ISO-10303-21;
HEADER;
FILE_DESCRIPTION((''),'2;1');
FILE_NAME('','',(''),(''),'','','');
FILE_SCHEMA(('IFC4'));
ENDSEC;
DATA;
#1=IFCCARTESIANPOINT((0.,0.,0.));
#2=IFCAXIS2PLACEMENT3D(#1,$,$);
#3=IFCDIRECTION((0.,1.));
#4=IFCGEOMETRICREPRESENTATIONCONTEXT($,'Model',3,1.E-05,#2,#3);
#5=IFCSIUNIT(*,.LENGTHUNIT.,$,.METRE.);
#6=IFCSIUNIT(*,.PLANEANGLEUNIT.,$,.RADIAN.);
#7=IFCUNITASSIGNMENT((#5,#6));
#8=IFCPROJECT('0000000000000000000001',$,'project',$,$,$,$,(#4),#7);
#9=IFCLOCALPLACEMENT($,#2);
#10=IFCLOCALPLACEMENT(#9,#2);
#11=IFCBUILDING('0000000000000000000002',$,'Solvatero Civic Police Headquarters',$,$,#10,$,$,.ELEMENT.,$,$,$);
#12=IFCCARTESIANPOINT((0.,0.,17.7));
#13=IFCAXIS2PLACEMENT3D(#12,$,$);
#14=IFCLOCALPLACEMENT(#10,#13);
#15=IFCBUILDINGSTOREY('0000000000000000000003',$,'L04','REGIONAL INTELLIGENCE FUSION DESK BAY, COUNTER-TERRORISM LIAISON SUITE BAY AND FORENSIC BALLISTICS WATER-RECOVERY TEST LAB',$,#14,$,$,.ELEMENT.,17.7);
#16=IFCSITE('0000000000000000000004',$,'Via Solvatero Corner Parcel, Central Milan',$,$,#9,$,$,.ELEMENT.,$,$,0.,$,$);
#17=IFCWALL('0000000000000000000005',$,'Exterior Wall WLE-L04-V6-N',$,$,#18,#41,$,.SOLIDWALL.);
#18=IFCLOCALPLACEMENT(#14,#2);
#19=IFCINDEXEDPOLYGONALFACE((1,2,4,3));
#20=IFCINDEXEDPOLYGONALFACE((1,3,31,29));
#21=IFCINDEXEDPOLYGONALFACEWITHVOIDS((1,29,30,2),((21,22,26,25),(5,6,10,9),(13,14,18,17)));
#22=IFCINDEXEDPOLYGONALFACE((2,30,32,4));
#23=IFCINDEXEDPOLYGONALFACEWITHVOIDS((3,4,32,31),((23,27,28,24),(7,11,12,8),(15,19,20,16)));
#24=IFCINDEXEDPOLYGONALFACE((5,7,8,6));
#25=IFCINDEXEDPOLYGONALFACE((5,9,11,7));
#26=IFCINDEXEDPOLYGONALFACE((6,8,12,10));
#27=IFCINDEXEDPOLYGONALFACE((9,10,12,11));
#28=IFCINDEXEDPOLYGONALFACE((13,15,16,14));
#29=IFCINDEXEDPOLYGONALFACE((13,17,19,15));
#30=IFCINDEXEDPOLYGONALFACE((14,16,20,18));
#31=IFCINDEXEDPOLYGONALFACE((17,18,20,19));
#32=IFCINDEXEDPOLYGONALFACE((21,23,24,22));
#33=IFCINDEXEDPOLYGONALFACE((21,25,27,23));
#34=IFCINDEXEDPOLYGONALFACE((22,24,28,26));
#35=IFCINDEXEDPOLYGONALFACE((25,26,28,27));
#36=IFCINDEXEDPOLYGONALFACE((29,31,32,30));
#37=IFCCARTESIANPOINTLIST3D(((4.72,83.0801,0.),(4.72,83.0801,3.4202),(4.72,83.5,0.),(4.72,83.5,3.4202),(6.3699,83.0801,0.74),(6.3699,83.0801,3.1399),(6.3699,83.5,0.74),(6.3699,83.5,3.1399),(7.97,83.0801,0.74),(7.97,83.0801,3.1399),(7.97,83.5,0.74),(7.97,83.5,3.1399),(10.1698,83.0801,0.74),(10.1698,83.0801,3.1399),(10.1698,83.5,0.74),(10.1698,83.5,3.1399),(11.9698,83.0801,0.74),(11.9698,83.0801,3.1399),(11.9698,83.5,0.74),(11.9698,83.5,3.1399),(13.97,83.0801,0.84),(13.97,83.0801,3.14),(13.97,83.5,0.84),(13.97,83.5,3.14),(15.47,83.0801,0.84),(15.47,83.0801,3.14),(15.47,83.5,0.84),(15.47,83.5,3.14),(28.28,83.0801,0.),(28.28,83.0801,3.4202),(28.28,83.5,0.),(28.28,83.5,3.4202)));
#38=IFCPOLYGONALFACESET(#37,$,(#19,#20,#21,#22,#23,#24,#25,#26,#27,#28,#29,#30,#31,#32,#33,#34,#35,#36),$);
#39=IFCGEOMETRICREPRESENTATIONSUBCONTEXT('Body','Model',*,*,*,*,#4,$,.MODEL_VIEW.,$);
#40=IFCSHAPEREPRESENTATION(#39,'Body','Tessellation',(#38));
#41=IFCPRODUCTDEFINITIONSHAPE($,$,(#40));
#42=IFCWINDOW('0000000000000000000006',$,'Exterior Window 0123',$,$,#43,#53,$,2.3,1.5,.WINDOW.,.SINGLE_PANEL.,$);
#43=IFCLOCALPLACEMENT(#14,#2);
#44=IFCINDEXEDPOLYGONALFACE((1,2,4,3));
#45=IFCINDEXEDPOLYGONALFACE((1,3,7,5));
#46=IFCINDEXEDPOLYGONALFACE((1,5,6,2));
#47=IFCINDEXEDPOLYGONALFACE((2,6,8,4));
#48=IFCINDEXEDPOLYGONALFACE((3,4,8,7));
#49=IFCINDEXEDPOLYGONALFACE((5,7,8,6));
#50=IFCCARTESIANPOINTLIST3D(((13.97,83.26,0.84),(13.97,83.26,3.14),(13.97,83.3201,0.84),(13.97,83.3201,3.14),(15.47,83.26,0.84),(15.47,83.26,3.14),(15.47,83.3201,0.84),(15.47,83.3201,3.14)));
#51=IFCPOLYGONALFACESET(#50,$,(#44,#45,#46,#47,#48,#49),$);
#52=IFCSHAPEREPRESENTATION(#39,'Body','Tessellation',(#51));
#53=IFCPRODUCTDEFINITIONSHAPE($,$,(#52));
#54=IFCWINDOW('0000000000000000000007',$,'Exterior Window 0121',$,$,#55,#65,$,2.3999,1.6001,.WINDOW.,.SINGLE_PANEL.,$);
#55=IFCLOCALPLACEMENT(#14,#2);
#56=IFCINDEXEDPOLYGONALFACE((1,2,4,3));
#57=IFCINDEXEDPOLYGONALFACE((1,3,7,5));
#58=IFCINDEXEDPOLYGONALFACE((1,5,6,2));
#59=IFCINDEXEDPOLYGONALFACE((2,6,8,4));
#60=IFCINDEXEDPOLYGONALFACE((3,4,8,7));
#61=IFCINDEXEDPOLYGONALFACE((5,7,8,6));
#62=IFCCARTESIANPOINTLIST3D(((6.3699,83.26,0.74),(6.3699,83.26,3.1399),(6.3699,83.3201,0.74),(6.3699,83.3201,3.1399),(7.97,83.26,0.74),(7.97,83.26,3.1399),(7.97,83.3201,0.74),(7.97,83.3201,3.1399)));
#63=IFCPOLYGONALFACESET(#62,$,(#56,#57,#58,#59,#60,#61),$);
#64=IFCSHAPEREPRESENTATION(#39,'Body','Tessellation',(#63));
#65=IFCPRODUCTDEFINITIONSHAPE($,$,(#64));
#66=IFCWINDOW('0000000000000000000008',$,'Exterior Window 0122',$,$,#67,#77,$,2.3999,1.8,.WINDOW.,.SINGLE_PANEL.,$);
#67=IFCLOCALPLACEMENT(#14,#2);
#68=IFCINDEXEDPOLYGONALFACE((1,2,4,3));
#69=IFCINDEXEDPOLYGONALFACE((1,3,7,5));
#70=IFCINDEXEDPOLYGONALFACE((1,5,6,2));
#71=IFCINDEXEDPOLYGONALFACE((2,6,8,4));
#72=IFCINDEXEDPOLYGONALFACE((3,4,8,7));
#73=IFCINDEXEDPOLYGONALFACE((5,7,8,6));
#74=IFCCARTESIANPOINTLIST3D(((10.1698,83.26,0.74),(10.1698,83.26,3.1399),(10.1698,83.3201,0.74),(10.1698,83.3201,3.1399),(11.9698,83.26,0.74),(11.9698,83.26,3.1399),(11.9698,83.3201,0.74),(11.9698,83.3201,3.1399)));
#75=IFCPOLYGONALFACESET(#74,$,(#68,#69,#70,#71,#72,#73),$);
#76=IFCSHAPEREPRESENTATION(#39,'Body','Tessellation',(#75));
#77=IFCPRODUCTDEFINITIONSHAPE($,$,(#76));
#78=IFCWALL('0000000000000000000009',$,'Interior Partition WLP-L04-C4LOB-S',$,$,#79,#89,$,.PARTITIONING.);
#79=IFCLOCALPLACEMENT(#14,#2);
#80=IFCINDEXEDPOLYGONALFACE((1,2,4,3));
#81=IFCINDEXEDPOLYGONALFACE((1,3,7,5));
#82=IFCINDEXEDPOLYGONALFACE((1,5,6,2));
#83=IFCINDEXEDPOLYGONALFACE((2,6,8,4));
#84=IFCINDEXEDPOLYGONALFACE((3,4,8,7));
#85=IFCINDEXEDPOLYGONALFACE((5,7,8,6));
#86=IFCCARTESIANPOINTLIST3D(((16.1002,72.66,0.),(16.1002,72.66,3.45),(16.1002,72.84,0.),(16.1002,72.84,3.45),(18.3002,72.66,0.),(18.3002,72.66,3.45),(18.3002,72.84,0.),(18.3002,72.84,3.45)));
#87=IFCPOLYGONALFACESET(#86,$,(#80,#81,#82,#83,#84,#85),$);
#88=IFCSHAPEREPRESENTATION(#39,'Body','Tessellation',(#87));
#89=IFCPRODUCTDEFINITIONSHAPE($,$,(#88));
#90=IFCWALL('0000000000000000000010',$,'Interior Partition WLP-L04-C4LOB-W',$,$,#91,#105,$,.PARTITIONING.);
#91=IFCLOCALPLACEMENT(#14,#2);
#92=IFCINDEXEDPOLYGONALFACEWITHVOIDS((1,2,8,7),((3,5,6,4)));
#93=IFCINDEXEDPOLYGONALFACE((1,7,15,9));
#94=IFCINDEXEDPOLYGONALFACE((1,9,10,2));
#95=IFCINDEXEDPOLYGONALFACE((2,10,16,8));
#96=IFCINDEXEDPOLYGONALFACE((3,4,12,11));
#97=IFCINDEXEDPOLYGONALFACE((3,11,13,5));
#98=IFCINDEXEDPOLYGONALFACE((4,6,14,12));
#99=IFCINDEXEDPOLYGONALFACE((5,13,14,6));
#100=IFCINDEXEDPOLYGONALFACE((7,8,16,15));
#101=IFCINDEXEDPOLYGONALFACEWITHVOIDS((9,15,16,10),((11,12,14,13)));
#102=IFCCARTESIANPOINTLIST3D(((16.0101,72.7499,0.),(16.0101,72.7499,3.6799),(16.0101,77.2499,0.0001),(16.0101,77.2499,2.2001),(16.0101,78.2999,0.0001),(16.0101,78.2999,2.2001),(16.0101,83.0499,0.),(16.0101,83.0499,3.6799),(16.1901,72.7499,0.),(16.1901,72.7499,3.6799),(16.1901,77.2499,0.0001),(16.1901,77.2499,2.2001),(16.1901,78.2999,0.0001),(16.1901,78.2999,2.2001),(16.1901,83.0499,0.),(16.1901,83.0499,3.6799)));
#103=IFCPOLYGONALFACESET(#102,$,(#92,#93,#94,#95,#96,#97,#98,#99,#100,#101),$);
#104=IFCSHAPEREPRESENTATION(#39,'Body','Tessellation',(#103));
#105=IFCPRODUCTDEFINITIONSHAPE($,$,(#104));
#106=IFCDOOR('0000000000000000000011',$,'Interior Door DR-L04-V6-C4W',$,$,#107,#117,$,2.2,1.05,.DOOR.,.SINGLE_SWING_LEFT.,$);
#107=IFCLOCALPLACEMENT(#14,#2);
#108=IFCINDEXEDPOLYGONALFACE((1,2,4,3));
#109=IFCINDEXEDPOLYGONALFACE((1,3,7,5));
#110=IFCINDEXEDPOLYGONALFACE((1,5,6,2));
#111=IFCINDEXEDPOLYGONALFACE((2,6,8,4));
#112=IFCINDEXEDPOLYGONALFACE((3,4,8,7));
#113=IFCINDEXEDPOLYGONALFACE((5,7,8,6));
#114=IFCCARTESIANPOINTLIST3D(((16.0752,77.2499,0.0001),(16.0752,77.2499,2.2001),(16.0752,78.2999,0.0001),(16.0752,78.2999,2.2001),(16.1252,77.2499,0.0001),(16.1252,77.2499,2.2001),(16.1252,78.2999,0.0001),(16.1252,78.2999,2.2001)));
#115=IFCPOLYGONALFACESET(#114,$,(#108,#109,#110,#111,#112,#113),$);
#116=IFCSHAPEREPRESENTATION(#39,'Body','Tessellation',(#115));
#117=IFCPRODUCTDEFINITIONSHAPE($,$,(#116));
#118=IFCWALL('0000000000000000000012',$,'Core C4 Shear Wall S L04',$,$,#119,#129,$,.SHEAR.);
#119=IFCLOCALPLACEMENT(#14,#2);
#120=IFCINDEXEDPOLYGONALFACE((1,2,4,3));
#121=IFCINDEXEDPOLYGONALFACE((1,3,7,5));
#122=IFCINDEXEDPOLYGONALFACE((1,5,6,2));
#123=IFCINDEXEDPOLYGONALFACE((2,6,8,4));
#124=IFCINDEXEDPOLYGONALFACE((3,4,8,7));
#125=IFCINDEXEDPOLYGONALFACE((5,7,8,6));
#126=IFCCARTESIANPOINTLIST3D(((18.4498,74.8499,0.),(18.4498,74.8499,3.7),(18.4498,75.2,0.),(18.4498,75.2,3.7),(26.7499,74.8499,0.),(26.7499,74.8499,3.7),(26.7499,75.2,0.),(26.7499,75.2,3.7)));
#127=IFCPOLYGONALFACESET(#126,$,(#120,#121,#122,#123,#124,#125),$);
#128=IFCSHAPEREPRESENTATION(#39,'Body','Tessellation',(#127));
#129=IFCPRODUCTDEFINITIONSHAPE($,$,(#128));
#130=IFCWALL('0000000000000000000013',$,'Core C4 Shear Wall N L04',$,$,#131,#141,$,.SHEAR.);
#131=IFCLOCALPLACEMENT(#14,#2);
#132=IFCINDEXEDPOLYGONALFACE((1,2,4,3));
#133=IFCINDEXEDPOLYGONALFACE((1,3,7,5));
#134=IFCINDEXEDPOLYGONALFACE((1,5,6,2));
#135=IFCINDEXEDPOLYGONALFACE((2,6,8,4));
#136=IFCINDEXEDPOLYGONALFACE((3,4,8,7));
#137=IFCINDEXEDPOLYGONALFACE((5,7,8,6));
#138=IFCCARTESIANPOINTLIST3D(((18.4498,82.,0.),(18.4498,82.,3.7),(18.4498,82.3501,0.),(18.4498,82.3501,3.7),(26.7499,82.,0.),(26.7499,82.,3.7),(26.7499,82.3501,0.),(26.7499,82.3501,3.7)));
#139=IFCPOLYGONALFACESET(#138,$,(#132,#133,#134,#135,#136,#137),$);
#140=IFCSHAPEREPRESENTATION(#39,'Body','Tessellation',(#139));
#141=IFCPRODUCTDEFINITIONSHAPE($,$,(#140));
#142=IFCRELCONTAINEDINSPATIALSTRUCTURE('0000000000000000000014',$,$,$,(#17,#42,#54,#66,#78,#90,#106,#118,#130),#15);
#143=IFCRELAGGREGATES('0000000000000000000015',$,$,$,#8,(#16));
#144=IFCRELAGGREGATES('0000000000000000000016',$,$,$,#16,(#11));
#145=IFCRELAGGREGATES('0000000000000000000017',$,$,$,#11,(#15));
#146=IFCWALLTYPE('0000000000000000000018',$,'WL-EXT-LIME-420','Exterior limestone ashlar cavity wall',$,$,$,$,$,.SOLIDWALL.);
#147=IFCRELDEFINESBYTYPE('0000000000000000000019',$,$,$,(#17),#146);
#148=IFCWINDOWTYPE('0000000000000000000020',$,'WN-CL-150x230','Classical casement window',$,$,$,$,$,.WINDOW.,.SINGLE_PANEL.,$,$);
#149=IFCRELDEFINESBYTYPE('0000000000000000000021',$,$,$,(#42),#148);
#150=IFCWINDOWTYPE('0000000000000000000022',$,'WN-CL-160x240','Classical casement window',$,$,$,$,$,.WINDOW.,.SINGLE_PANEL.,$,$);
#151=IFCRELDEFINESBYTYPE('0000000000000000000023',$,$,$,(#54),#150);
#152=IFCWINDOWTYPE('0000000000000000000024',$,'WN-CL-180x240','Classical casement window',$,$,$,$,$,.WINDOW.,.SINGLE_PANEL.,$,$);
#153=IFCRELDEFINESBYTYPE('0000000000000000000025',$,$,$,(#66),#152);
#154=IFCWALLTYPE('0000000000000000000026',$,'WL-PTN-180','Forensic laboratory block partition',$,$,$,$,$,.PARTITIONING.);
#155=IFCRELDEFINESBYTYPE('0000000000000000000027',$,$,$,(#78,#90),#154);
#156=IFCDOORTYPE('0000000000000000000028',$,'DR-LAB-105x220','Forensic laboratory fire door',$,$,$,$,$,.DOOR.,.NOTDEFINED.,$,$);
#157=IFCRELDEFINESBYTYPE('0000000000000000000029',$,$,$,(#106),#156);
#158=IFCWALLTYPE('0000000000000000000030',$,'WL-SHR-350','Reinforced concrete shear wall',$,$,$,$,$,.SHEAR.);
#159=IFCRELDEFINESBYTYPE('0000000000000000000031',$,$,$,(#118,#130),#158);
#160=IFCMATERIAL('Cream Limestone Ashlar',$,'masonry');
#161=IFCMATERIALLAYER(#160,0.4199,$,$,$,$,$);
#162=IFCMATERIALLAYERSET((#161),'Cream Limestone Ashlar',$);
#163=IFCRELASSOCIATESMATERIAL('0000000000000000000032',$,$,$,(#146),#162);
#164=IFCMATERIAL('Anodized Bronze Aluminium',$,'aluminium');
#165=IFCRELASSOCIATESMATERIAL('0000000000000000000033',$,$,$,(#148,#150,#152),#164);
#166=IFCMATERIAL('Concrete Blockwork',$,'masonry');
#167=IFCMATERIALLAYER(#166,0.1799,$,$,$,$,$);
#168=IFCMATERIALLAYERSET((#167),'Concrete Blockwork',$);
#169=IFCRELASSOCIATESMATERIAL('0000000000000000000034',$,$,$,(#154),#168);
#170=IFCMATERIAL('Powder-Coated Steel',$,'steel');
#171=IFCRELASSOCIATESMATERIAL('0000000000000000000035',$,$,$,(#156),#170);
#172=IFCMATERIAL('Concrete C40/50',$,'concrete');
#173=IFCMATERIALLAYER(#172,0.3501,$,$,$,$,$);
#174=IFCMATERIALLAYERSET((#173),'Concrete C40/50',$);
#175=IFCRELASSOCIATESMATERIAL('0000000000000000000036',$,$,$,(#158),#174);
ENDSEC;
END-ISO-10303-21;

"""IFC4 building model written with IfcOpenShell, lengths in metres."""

from ifc_helpers import new_model, si_unit, direction, frame, frame_2d, origin, place, context, subcontext, project, spatial, rectangle, extrude, material, layer, layer_set, type_object, element, fill, save


model = new_model("IFC4")

# Units and contexts
model_context = context("Model", 3, precision=1e-05, world=origin(), true_north=direction((0.0, 1.0)))
body_context = subcontext(model_context, "Body", "Model", "MODEL_VIEW")
ifc_project = project(units=[si_unit("LENGTHUNIT", "METRE"), si_unit("PLANEANGLEUNIT", "RADIAN")], contexts=[model_context])

# Site, building, storey
site_placement = place(None, origin())
site = spatial("IfcSite", under=ifc_project, at=site_placement, Name="Via Solvatero Corner Parcel, Central Milan", CompositionType="ELEMENT", RefElevation=0.0)
building_placement = place(site_placement, origin())
building = spatial("IfcBuilding", under=site, at=building_placement, Name="Solvatero Civic Police Headquarters", CompositionType="ELEMENT")
storey_placement = place(building_placement, frame((0.0, 0.0, 17.7)))
storey = spatial("IfcBuildingStorey", under=building, at=storey_placement, Name="L04", Description="REGIONAL INTELLIGENCE FUSION DESK BAY, COUNTER-TERRORISM LIAISON SUITE BAY AND FORENSIC BALLISTICS WATER-RECOVERY TEST LAB", CompositionType="ELEMENT", Elevation=17.7)

# Wall, openings, windows
ifc_material_1 = material(Name="Cream Limestone Ashlar", Category="masonry")
ifc_layer_1 = layer(ifc_material_1, 0.4199)
ifc_layer_set_1 = layer_set([ifc_layer_1], Name="Cream Limestone Ashlar")
wall_type_1 = type_object("IfcWallType", Name="WL-EXT-LIME-420", Description="Exterior limestone ashlar cavity wall", PredefinedType="SOLIDWALL", material=ifc_layer_set_1)
wall_1_placement = place(storey_placement, frame((4.72, 83.29, 0.0), z_axis=(0.0, 0.0, 1.0), x_axis=(1.0, 0.0, 0.0)))
wall_1 = element("IfcWall", 1, at=wall_1_placement, inside=storey, type_object=wall_type_1, Name="Exterior Wall WLE-L04-V6-N", PredefinedType="SOLIDWALL", context=body_context, shape_type="SweptSolid", body=[
    extrude(rectangle(XDim=23.5601, YDim=0.4199, at=frame_2d((11.78, 0.0))), origin(), (0.0, 0.0, 1.0), 3.4202),
])
opening_1_placement = place(wall_1_placement, frame((1.6499, 0.0, 0.74)))
opening_1 = element("IfcOpeningElement", 2, at=opening_1_placement, cuts=wall_1, PredefinedType="OPENING", context=body_context, shape_type="SweptSolid", body=[
    extrude(rectangle(XDim=1.6001, YDim=2.3999, at=frame_2d((0.8, 1.2))), frame((0.0, 0.22, 0.0), z_axis=(0.0, -1.0, 0.0), x_axis=(1.0, 0.0, 0.0)), (0.0, 0.0, 1.0), 0.4399),
])
opening_2_placement = place(wall_1_placement, frame((5.45, 0.0, 0.74)))
opening_2 = element("IfcOpeningElement", 3, at=opening_2_placement, cuts=wall_1, PredefinedType="OPENING", context=body_context, shape_type="SweptSolid", body=[
    extrude(rectangle(XDim=1.8, YDim=2.3999, at=frame_2d((0.8999, 1.2))), frame((0.0, 0.22, 0.0), z_axis=(0.0, -1.0, 0.0), x_axis=(1.0, 0.0, 0.0)), (0.0, 0.0, 1.0), 0.4399),
])
opening_3_placement = place(wall_1_placement, frame((9.25, 0.0, 0.8401)))
opening_3 = element("IfcOpeningElement", 4, at=opening_3_placement, cuts=wall_1, PredefinedType="OPENING", context=body_context, shape_type="SweptSolid", body=[
    extrude(rectangle(XDim=1.5, YDim=2.3, at=frame_2d((0.75, 1.1499))), frame((0.0, 0.22, 0.0), z_axis=(0.0, -1.0, 0.0), x_axis=(1.0, 0.0, 0.0)), (0.0, 0.0, 1.0), 0.4399),
])
ifc_material_2 = material(Name="Anodized Bronze Aluminium", Category="aluminium")
window_type_1 = type_object("IfcWindowType", Name="WN-CL-150x230", Description="Classical casement window", PartitioningType="SINGLE_PANEL", PredefinedType="WINDOW", material=ifc_material_2)
window_1_placement = place(opening_3_placement, origin())
window_1 = element("IfcWindow", 5, at=window_1_placement, inside=storey, type_object=window_type_1, Name="Exterior Window 0123", OverallHeight=2.3, OverallWidth=1.5, PartitioningType="SINGLE_PANEL", PredefinedType="WINDOW", context=body_context, shape_type="SweptSolid", body=[
    extrude(rectangle(XDim=1.5, YDim=2.3, at=frame_2d((0.75, 1.1499))), frame((0.0, 0.03, 0.0), z_axis=(0.0, -1.0, 0.0), x_axis=(1.0, 0.0, 0.0)), (0.0, 0.0, 1.0), 0.0601),
])
fill(opening_3, window_1)
window_type_2 = type_object("IfcWindowType", Name="WN-CL-160x240", Description="Classical casement window", PartitioningType="SINGLE_PANEL", PredefinedType="WINDOW", material=ifc_material_2)
window_2_placement = place(opening_1_placement, origin())
window_2 = element("IfcWindow", 6, at=window_2_placement, inside=storey, type_object=window_type_2, Name="Exterior Window 0121", OverallHeight=2.3999, OverallWidth=1.6001, PartitioningType="SINGLE_PANEL", PredefinedType="WINDOW", context=body_context, shape_type="SweptSolid", body=[
    extrude(rectangle(XDim=1.6001, YDim=2.3999, at=frame_2d((0.8, 1.2))), frame((0.0, 0.03, 0.0), z_axis=(0.0, -1.0, 0.0), x_axis=(1.0, 0.0, 0.0)), (0.0, 0.0, 1.0), 0.0601),
])
fill(opening_1, window_2)
window_type_3 = type_object("IfcWindowType", Name="WN-CL-180x240", Description="Classical casement window", PartitioningType="SINGLE_PANEL", PredefinedType="WINDOW", material=ifc_material_2)
window_3_placement = place(opening_2_placement, origin())
window_3 = element("IfcWindow", 7, at=window_3_placement, inside=storey, type_object=window_type_3, Name="Exterior Window 0122", OverallHeight=2.3999, OverallWidth=1.8, PartitioningType="SINGLE_PANEL", PredefinedType="WINDOW", context=body_context, shape_type="SweptSolid", body=[
    extrude(rectangle(XDim=1.8, YDim=2.3999, at=frame_2d((0.8999, 1.2))), frame((0.0, 0.03, 0.0), z_axis=(0.0, -1.0, 0.0), x_axis=(1.0, 0.0, 0.0)), (0.0, 0.0, 1.0), 0.0601),
])
fill(opening_2, window_3)

# Wall
ifc_material_3 = material(Name="Concrete Blockwork", Category="masonry")
ifc_layer_2 = layer(ifc_material_3, 0.1799)
ifc_layer_set_2 = layer_set([ifc_layer_2], Name="Concrete Blockwork")
wall_type_2 = type_object("IfcWallType", Name="WL-PTN-180", Description="Forensic laboratory block partition", PredefinedType="PARTITIONING", material=ifc_layer_set_2)
wall_2_placement = place(storey_placement, frame((16.1001, 72.75, 0.0), z_axis=(0.0, 0.0, 1.0), x_axis=(1.0, 0.0, 0.0)))
element("IfcWall", 8, at=wall_2_placement, inside=storey, type_object=wall_type_2, Name="Interior Partition WLP-L04-C4LOB-S", PredefinedType="PARTITIONING", context=body_context, shape_type="SweptSolid", body=[
    extrude(rectangle(XDim=2.2, YDim=0.1799, at=frame_2d((1.1001, 0.0))), origin(), (0.0, 0.0, 1.0), 3.45),
])

# Wall, opening, door
wall_3_placement = place(storey_placement, frame((16.1001, 72.75, 0.0), z_axis=(0.0, 0.0, 1.0), x_axis=(0.0, 1.0, 0.0)))
wall_3 = element("IfcWall", 9, at=wall_3_placement, inside=storey, type_object=wall_type_2, Name="Interior Partition WLP-L04-C4LOB-W", PredefinedType="PARTITIONING", context=body_context, shape_type="SweptSolid", body=[
    extrude(rectangle(XDim=10.3, YDim=0.1799, at=frame_2d((5.1499, 0.0))), origin(), (0.0, 0.0, 1.0), 3.6799),
])
opening_4_placement = place(wall_3_placement, frame((4.5, 0.0, 0.0)))
opening_4 = element("IfcOpeningElement", 10, at=opening_4_placement, cuts=wall_3, PredefinedType="OPENING", context=body_context, shape_type="SweptSolid", body=[
    extrude(rectangle(XDim=1.05, YDim=2.2, at=frame_2d((0.5249, 1.1001))), frame((0.0, 0.0999, 0.0), z_axis=(0.0, -1.0, 0.0), x_axis=(1.0, 0.0, 0.0)), (0.0, 0.0, 1.0), 0.2),
])
ifc_material_4 = material(Name="Powder-Coated Steel", Category="steel")
door_type = type_object("IfcDoorType", Name="DR-LAB-105x220", Description="Forensic laboratory fire door", OperationType="NOTDEFINED", PredefinedType="DOOR", material=ifc_material_4)
door_placement = place(opening_4_placement, origin())
door = element("IfcDoor", 11, at=door_placement, inside=storey, type_object=door_type, Name="Interior Door DR-L04-V6-C4W", OperationType="SINGLE_SWING_LEFT", OverallHeight=2.2, OverallWidth=1.05, PredefinedType="DOOR", context=body_context, shape_type="SweptSolid", body=[
    extrude(rectangle(XDim=1.05, YDim=2.2, at=frame_2d((0.5249, 1.1001))), frame((0.0, 0.0249, 0.0), z_axis=(0.0, -1.0, 0.0), x_axis=(1.0, 0.0, 0.0)), (0.0, 0.0, 1.0), 0.05),
])
fill(opening_4, door)

# Walls
ifc_material_5 = material(Name="Concrete C40/50", Category="concrete")
ifc_layer_3 = layer(ifc_material_5, 0.3501)
ifc_layer_set_3 = layer_set([ifc_layer_3], Name="Concrete C40/50")
wall_type_3 = type_object("IfcWallType", Name="WL-SHR-350", Description="Reinforced concrete shear wall", PredefinedType="SHEAR", material=ifc_layer_set_3)
for number, where, z_axis, x_axis, name in (
    (12, (18.45, 75.0249, 0.0), (0.0, 0.0, 1.0), (1.0, 0.0, 0.0), "Core C4 Shear Wall S L04"),
    (13, (18.45, 82.175, 0.0), (0.0, 0.0, 1.0), (1.0, 0.0, 0.0), "Core C4 Shear Wall N L04"),
):
    element("IfcWall", number, at=place(storey_placement, frame(where, z_axis=z_axis, x_axis=x_axis)), inside=storey, type_object=wall_type_3, Name=name, PredefinedType="SHEAR", context=body_context, shape_type="SweptSolid", body=[
        extrude(rectangle(XDim=8.3, YDim=0.3501, at=frame_2d((4.1499, 0.0))), origin(), (0.0, 0.0, 1.0), 3.7),
    ])

save(model, "model.ifc")
